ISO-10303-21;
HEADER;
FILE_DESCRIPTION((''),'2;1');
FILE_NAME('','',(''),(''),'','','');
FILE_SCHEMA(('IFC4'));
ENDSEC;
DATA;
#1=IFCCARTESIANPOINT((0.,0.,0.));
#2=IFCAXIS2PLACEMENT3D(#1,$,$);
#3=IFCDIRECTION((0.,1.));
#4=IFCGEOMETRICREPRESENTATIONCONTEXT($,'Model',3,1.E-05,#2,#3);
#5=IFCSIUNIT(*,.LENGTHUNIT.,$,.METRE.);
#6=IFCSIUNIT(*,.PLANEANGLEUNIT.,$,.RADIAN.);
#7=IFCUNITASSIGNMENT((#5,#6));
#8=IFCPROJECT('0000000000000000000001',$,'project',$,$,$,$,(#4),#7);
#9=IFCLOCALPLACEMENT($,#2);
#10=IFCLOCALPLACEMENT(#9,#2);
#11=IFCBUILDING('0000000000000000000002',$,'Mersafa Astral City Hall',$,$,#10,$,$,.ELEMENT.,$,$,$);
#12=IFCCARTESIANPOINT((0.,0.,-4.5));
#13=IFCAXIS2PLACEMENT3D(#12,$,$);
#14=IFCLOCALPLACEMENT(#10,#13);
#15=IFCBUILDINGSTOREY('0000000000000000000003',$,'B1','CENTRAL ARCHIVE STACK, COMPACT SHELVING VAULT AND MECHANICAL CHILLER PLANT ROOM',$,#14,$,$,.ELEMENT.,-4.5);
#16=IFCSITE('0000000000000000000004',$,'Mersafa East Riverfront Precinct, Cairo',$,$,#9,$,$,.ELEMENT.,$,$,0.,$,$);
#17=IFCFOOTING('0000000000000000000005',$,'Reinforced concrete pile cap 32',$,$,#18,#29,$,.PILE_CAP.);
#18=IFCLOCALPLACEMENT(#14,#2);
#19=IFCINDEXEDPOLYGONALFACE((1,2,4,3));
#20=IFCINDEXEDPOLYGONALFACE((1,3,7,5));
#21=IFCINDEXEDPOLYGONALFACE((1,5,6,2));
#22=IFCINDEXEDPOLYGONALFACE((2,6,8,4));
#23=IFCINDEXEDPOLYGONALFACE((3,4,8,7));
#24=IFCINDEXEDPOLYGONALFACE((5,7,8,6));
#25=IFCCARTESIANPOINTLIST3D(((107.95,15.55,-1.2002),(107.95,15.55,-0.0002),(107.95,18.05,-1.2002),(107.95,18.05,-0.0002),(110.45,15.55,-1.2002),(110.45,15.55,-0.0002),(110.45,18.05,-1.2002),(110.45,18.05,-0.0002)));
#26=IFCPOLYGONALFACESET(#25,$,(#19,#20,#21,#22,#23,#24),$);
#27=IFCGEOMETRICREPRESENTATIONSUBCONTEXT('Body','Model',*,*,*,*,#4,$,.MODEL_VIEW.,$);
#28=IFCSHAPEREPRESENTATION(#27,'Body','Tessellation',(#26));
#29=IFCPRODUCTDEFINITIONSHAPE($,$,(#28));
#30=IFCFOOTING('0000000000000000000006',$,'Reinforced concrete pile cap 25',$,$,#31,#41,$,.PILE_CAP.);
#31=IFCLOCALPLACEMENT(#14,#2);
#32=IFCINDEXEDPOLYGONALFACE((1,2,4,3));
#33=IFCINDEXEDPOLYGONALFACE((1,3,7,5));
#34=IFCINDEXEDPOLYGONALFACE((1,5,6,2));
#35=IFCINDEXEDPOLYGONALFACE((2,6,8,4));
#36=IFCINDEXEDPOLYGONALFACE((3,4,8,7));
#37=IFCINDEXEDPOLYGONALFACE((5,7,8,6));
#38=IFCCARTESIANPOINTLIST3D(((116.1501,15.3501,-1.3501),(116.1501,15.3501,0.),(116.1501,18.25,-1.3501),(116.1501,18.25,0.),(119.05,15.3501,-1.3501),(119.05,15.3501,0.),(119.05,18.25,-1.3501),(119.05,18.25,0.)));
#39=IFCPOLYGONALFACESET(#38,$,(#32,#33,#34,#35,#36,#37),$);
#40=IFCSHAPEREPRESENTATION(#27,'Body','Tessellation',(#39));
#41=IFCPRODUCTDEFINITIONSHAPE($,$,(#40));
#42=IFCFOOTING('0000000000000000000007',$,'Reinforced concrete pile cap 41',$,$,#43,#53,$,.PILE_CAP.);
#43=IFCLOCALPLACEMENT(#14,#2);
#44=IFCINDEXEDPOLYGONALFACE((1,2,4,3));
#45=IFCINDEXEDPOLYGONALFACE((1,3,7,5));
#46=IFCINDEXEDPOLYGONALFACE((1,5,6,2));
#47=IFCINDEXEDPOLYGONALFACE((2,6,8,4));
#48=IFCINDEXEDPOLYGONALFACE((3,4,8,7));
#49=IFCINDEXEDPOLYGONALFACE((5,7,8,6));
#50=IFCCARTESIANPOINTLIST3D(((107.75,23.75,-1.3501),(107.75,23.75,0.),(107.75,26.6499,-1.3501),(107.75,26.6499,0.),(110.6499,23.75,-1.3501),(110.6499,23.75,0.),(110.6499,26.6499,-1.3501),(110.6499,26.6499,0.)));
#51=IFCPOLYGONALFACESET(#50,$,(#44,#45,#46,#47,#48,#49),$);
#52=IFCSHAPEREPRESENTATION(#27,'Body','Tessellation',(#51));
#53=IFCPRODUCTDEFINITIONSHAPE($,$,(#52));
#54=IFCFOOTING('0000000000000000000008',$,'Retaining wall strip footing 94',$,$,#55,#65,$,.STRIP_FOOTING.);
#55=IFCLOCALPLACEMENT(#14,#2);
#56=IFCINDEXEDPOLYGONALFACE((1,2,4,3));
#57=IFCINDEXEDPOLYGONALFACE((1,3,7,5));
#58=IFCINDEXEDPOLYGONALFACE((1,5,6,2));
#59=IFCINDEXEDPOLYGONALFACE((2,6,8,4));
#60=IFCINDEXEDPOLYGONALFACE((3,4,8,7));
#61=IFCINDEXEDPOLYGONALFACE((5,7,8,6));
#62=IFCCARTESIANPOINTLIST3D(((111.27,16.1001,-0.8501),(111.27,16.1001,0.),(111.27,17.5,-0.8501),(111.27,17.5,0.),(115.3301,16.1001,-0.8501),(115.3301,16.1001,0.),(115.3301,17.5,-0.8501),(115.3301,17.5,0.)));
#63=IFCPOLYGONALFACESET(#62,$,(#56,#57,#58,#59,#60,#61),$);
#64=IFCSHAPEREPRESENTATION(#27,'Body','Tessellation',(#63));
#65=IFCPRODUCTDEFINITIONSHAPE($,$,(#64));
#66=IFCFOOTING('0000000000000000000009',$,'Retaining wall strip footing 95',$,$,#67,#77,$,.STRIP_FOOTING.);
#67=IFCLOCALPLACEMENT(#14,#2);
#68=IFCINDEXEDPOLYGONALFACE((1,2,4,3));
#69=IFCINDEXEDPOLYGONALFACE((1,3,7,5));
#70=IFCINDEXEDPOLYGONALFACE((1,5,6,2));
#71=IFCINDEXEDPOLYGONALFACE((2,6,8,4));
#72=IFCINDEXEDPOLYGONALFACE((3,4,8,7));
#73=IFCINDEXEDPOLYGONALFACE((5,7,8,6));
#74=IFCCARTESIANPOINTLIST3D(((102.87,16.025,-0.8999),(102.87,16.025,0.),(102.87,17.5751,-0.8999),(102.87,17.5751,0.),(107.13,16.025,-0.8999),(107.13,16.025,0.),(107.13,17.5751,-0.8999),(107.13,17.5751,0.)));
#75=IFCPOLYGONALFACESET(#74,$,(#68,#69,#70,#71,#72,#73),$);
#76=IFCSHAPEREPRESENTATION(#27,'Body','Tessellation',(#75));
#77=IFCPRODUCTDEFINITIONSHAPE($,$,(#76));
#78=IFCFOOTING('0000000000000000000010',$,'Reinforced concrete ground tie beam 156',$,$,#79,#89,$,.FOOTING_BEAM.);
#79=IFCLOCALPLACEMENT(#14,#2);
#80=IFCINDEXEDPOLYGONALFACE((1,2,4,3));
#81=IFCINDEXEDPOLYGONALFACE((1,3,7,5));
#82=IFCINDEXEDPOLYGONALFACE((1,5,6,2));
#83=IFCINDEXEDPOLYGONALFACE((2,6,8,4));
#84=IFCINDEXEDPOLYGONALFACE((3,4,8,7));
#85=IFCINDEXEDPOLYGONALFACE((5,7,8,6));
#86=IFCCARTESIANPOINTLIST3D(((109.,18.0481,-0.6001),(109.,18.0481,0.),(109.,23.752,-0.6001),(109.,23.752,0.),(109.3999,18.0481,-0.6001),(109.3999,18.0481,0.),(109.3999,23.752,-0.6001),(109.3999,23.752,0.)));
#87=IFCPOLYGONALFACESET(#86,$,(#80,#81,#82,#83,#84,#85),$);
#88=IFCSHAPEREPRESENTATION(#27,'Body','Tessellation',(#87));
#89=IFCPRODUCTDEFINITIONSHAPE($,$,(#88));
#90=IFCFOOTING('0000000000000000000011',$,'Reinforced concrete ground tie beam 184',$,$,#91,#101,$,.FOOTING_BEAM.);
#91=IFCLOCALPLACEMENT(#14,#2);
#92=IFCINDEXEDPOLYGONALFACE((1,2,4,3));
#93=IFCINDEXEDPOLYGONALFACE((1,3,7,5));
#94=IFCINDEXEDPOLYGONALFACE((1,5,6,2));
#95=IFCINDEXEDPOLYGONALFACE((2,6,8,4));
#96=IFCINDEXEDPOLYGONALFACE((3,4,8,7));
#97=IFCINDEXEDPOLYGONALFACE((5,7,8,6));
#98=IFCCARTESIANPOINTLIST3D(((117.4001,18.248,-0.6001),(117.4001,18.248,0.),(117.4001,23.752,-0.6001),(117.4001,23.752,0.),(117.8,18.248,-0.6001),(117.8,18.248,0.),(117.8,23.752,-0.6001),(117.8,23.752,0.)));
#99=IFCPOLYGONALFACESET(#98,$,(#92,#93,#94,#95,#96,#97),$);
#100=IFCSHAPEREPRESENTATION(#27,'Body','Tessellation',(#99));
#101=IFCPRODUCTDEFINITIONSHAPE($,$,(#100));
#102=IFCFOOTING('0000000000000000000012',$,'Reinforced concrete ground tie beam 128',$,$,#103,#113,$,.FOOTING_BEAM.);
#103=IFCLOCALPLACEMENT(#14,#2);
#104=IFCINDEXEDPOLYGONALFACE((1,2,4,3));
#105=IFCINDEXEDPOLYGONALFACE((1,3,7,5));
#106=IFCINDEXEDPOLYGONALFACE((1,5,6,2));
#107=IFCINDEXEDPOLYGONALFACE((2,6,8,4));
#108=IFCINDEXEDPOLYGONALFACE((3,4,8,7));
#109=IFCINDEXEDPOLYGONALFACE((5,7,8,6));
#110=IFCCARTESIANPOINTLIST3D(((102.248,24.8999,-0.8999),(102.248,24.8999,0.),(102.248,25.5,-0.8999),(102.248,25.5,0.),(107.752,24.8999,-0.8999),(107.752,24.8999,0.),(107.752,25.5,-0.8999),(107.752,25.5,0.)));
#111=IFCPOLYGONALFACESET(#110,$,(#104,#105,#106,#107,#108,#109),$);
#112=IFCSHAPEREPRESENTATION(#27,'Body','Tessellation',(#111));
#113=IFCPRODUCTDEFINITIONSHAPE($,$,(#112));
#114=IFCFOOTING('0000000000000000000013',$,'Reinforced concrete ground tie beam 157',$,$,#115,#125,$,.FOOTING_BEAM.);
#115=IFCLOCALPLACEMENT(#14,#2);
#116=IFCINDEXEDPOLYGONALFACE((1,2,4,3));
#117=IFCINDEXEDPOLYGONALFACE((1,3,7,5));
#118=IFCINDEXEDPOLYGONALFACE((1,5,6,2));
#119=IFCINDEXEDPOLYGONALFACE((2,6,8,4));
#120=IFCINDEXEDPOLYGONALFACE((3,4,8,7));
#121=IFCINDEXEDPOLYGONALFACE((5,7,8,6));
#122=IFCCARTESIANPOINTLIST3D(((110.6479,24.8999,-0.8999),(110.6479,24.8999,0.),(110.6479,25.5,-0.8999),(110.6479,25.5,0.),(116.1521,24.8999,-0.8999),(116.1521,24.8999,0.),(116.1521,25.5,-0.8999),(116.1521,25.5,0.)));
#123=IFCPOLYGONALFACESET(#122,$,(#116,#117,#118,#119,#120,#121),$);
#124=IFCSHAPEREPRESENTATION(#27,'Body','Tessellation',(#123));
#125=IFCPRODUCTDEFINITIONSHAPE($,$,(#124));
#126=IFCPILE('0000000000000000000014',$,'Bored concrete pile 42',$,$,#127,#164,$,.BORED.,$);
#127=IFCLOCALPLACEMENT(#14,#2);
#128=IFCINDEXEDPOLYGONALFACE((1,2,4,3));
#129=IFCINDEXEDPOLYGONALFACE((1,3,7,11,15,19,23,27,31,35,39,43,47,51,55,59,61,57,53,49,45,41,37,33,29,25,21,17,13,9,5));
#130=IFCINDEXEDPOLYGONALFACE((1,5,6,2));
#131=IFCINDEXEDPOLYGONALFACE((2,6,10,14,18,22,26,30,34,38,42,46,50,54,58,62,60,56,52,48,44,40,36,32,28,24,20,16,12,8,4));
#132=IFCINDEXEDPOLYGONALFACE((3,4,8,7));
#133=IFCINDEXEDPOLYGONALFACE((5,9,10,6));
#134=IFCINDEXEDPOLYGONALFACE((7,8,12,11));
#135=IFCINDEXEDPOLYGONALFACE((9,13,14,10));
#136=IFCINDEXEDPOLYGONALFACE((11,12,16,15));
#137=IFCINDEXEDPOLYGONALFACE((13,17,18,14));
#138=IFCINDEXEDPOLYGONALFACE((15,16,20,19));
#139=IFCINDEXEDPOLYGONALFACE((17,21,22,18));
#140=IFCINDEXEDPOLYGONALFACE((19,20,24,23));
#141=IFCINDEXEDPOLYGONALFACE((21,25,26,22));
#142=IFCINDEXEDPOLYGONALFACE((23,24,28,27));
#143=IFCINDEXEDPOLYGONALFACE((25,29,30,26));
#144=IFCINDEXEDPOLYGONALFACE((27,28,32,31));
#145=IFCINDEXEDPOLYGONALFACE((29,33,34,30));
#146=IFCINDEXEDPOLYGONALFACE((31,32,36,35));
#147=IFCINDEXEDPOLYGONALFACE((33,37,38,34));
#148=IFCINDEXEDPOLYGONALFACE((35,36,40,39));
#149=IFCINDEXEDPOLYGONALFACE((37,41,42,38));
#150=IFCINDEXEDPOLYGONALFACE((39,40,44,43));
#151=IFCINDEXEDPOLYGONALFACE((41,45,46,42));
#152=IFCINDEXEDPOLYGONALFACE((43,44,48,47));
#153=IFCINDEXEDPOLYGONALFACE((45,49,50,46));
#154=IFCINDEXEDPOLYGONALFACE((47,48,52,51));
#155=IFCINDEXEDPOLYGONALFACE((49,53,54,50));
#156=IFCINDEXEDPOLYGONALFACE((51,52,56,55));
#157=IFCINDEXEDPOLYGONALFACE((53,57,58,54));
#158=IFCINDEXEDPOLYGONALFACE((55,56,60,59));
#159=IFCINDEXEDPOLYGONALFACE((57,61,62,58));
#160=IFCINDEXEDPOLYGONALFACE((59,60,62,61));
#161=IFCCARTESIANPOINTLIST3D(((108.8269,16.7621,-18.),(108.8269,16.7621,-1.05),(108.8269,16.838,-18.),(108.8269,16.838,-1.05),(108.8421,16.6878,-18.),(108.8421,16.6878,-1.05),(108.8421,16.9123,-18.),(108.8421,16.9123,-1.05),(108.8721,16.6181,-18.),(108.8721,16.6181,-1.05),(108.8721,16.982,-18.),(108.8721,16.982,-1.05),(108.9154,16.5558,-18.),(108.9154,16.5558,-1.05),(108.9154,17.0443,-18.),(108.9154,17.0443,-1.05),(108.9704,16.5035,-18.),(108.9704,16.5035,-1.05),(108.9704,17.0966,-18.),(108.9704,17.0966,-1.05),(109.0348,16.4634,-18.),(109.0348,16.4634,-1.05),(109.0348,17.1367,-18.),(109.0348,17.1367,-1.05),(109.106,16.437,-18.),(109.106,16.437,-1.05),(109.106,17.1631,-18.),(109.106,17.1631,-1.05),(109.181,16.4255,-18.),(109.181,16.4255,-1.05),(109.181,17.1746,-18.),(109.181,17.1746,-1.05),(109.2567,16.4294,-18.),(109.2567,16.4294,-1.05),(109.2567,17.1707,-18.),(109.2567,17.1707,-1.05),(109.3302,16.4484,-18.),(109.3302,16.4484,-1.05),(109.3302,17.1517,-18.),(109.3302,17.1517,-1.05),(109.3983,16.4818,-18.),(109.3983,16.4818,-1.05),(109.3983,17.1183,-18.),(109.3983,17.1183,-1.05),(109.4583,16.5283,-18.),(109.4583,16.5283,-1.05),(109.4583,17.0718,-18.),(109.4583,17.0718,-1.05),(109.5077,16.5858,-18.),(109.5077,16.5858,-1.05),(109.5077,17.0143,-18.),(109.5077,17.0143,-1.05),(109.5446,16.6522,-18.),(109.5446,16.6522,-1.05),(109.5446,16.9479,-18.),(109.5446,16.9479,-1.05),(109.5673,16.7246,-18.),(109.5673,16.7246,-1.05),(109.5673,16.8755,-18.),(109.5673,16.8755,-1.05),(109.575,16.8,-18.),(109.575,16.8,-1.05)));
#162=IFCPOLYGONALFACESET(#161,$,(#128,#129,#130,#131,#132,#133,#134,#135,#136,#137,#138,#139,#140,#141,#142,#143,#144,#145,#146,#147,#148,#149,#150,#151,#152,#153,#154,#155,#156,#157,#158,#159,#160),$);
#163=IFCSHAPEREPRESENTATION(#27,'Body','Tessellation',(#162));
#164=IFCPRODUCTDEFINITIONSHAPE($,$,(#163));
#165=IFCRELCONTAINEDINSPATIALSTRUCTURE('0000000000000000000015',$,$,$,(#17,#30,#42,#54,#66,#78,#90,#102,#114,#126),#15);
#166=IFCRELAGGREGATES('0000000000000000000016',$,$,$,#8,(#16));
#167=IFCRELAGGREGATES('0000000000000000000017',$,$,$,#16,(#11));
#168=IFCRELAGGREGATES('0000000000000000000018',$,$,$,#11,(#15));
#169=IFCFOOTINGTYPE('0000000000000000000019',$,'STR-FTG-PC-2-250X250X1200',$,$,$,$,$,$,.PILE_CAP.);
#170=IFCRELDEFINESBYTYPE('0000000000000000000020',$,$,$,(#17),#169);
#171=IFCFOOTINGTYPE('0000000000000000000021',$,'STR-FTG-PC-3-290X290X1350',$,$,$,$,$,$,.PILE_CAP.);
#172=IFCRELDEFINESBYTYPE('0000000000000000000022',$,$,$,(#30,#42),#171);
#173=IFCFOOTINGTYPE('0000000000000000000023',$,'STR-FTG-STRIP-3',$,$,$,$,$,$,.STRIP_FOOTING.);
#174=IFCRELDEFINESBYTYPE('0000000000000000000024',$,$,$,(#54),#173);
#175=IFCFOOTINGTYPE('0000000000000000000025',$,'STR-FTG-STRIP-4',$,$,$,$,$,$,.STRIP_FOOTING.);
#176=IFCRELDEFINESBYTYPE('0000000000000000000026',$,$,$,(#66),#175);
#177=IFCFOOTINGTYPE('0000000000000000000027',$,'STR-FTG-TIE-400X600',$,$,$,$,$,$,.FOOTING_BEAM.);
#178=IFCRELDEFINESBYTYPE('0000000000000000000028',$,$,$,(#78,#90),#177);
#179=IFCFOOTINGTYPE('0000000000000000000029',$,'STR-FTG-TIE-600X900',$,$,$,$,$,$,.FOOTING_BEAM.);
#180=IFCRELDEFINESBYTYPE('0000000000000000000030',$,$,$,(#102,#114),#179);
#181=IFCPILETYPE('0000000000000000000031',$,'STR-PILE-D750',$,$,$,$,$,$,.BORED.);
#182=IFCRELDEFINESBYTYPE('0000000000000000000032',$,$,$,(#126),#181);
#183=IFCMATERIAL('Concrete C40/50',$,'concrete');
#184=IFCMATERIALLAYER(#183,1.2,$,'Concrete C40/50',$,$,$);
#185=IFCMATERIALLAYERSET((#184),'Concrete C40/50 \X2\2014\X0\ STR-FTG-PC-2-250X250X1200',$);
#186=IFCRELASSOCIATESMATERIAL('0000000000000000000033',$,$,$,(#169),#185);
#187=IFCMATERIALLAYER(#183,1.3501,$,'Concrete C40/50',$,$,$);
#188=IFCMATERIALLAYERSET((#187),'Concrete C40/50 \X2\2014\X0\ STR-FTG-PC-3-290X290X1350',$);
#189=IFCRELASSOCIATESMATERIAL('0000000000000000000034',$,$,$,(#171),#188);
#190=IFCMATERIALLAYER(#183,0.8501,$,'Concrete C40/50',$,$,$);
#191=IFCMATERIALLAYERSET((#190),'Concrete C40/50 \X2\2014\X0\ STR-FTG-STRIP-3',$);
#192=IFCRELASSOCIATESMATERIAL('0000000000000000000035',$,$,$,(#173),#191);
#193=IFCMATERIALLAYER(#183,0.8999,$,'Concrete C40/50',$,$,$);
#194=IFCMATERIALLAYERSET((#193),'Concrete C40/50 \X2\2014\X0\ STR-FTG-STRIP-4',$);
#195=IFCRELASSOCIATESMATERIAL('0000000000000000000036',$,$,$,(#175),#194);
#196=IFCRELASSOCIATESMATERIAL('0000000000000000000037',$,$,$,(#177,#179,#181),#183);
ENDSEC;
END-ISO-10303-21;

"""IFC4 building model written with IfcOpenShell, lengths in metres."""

from ifc_helpers import new_model, si_unit, direction, frame, origin, origin_2d, place, context, subcontext, project, spatial, rectangle, circle, extrude, material, layer, layer_set, material_profile, profile_set, type_object, element, save


model = new_model("IFC4")

# Units and contexts
model_context = context("Model", 3, precision=1e-05, world=origin(), true_north=direction((0.0, 1.0)))
body_context = subcontext(model_context, "Body", "Model", "MODEL_VIEW")
ifc_project = project(units=[si_unit("LENGTHUNIT", "METRE"), si_unit("PLANEANGLEUNIT", "RADIAN")], contexts=[model_context])

# Site, building, storey
site_placement = place(None, origin())
site = spatial("IfcSite", under=ifc_project, at=site_placement, Name="Mersafa East Riverfront Precinct, Cairo", CompositionType="ELEMENT", RefElevation=0.0)
building_placement = place(site_placement, origin())
building = spatial("IfcBuilding", under=site, at=building_placement, Name="Mersafa Astral City Hall", CompositionType="ELEMENT")
storey_placement = place(building_placement, frame((0.0, 0.0, -4.5)))
storey = spatial("IfcBuildingStorey", under=building, at=storey_placement, Name="B1", Description="CENTRAL ARCHIVE STACK, COMPACT SHELVING VAULT AND MECHANICAL CHILLER PLANT ROOM", CompositionType="ELEMENT", Elevation=-4.5)

# Footings
ifc_material_1 = material(Name="Concrete C40/50", Category="concrete")
ifc_layer_1 = layer(ifc_material_1, 1.2, Name="Concrete C40/50")
ifc_layer_set_1 = layer_set([ifc_layer_1], Name="Concrete C40/50 — STR-FTG-PC-2-250X250X1200")
footing_type_1 = type_object("IfcFootingType", Name="STR-FTG-PC-2-250X250X1200", PredefinedType="PILE_CAP", material=ifc_layer_set_1)
footing_1_placement = place(storey_placement, frame((109.2, 16.8, -1.2002), z_axis=(0.0, 0.0, 1.0), x_axis=(1.0, 0.0, 0.0)))
element("IfcFooting", 1, at=footing_1_placement, inside=storey, type_object=footing_type_1, Name="Reinforced concrete pile cap 32", PredefinedType="PILE_CAP", context=body_context, shape_type="SweptSolid", body=[
    extrude(rectangle(XDim=2.5, YDim=2.5, at=origin_2d()), origin(), (0.0, 0.0, 1.0), 1.2),
])
ifc_layer_2 = layer(ifc_material_1, 1.3501, Name="Concrete C40/50")
ifc_layer_set_2 = layer_set([ifc_layer_2], Name="Concrete C40/50 — STR-FTG-PC-3-290X290X1350")
footing_type_2 = type_object("IfcFootingType", Name="STR-FTG-PC-3-290X290X1350", PredefinedType="PILE_CAP", material=ifc_layer_set_2)
for number, where, z_axis, x_axis, name in (
    (2, (117.6001, 16.8, -1.3501), (0.0, 0.0, 1.0), (1.0, 0.0, 0.0), "Reinforced concrete pile cap 25"),
    (3, (109.2, 25.2, -1.3501), (0.0, 0.0, 1.0), (1.0, 0.0, 0.0), "Reinforced concrete pile cap 41"),
):
    element("IfcFooting", number, at=place(storey_placement, frame(where, z_axis=z_axis, x_axis=x_axis)), inside=storey, type_object=footing_type_2, Name=name, PredefinedType="PILE_CAP", context=body_context, shape_type="SweptSolid", body=[
        extrude(rectangle(XDim=2.8999, YDim=2.8999, at=origin_2d()), origin(), (0.0, 0.0, 1.0), 1.3501),
    ])
ifc_layer_3 = layer(ifc_material_1, 0.8501, Name="Concrete C40/50")
ifc_layer_set_3 = layer_set([ifc_layer_3], Name="Concrete C40/50 — STR-FTG-STRIP-3")
footing_type_3 = type_object("IfcFootingType", Name="STR-FTG-STRIP-3", PredefinedType="STRIP_FOOTING", material=ifc_layer_set_3)
footing_2_placement = place(storey_placement, frame((113.3, 16.8, -0.8501), z_axis=(0.0, 0.0, 1.0), x_axis=(-1.0, 0.0, 0.0)))
element("IfcFooting", 4, at=footing_2_placement, inside=storey, type_object=footing_type_3, Name="Retaining wall strip footing 94", PredefinedType="STRIP_FOOTING", context=body_context, shape_type="SweptSolid", body=[
    extrude(rectangle(XDim=4.0601, YDim=1.3999, at=origin_2d()), origin(), (0.0, 0.0, 1.0), 0.8501),
])
ifc_layer_4 = layer(ifc_material_1, 0.8999, Name="Concrete C40/50")
ifc_layer_set_4 = layer_set([ifc_layer_4], Name="Concrete C40/50 — STR-FTG-STRIP-4")
footing_type_4 = type_object("IfcFootingType", Name="STR-FTG-STRIP-4", PredefinedType="STRIP_FOOTING", material=ifc_layer_set_4)
footing_3_placement = place(storey_placement, frame((105.0, 16.8, -0.8999), z_axis=(0.0, 0.0, 1.0), x_axis=(-1.0, 0.0, 0.0)))
element("IfcFooting", 5, at=footing_3_placement, inside=storey, type_object=footing_type_4, Name="Retaining wall strip footing 95", PredefinedType="STRIP_FOOTING", context=body_context, shape_type="SweptSolid", body=[
    extrude(rectangle(XDim=4.26, YDim=1.55, at=origin_2d()), origin(), (0.0, 0.0, 1.0), 0.8999),
])
ifc_material_profile_1 = material_profile(ifc_material_1, rectangle(XDim=0.3999, YDim=0.6001, at=origin_2d()), Name="RC 400x600")
ifc_profile_set_1 = profile_set([ifc_material_profile_1], Name="Concrete C40/50")
footing_type_5 = type_object("IfcFootingType", Name="STR-FTG-TIE-400X600", PredefinedType="FOOTING_BEAM", material=ifc_profile_set_1)
footing_4_placement = place(storey_placement, frame((109.2, 18.0481, -0.3), z_axis=(0.0, 1.0, 0.0), x_axis=(-1.0, 0.0, 0.0)))
element("IfcFooting", 6, at=footing_4_placement, inside=storey, type_object=footing_type_5, Name="Reinforced concrete ground tie beam 156", PredefinedType="FOOTING_BEAM", context=body_context, shape_type="SweptSolid", body=[
    extrude(rectangle(XDim=0.3999, YDim=0.6001, at=origin_2d()), origin(), (0.0, 0.0, 1.0), 5.7039),
])
footing_5_placement = place(storey_placement, frame((117.6001, 18.248, -0.3), z_axis=(0.0, 1.0, 0.0), x_axis=(-1.0, 0.0, 0.0)))
element("IfcFooting", 7, at=footing_5_placement, inside=storey, type_object=footing_type_5, Name="Reinforced concrete ground tie beam 184", PredefinedType="FOOTING_BEAM", context=body_context, shape_type="SweptSolid", body=[
    extrude(rectangle(XDim=0.3999, YDim=0.6001, at=origin_2d()), origin(), (0.0, 0.0, 1.0), 5.5039),
])
ifc_material_profile_2 = material_profile(ifc_material_1, rectangle(XDim=0.6001, YDim=0.8999, at=origin_2d()), Name="RC 600x900")
ifc_profile_set_2 = profile_set([ifc_material_profile_2], Name="Concrete C40/50")
footing_type_6 = type_object("IfcFootingType", Name="STR-FTG-TIE-600X900", PredefinedType="FOOTING_BEAM", material=ifc_profile_set_2)
footing_6_placement = place(storey_placement, frame((102.248, 25.2, -0.45), z_axis=(1.0, 0.0, 0.0), x_axis=(0.0, 1.0, 0.0)))
element("IfcFooting", 8, at=footing_6_placement, inside=storey, type_object=footing_type_6, Name="Reinforced concrete ground tie beam 128", PredefinedType="FOOTING_BEAM", context=body_context, shape_type="SweptSolid", body=[
    extrude(rectangle(XDim=0.6001, YDim=0.8999, at=origin_2d()), origin(), (0.0, 0.0, 1.0), 5.5039),
])
footing_7_placement = place(storey_placement, frame((110.6479, 25.2, -0.45), z_axis=(1.0, 0.0, 0.0), x_axis=(0.0, 1.0, 0.0)))
element("IfcFooting", 9, at=footing_7_placement, inside=storey, type_object=footing_type_6, Name="Reinforced concrete ground tie beam 157", PredefinedType="FOOTING_BEAM", context=body_context, shape_type="SweptSolid", body=[
    extrude(rectangle(XDim=0.6001, YDim=0.8999, at=origin_2d()), origin(), (0.0, 0.0, 1.0), 5.5042),
])

# Pile
ifc_material_profile_3 = material_profile(ifc_material_1, circle(Radius=0.375, at=origin_2d()), Name="PILE D750")
ifc_profile_set_3 = profile_set([ifc_material_profile_3], Name="Concrete C40/50")
pile_type_1 = type_object("IfcPileType", Name="STR-PILE-D750", PredefinedType="BORED", material=ifc_profile_set_3)
pile_placement = place(storey_placement, frame((109.2, 16.8, -1.05), z_axis=(0.0, 0.0, -1.0), x_axis=(1.0, 0.0, 0.0)))
element("IfcPile", 10, at=pile_placement, inside=storey, type_object=pile_type_1, Name="Bored concrete pile 42", PredefinedType="BORED", context=body_context, shape_type="SweptSolid", body=[
    extrude(circle(Radius=0.375, at=origin_2d()), origin(), (0.0, 0.0, 1.0), 16.95),
])

save(model, "model.ifc")
